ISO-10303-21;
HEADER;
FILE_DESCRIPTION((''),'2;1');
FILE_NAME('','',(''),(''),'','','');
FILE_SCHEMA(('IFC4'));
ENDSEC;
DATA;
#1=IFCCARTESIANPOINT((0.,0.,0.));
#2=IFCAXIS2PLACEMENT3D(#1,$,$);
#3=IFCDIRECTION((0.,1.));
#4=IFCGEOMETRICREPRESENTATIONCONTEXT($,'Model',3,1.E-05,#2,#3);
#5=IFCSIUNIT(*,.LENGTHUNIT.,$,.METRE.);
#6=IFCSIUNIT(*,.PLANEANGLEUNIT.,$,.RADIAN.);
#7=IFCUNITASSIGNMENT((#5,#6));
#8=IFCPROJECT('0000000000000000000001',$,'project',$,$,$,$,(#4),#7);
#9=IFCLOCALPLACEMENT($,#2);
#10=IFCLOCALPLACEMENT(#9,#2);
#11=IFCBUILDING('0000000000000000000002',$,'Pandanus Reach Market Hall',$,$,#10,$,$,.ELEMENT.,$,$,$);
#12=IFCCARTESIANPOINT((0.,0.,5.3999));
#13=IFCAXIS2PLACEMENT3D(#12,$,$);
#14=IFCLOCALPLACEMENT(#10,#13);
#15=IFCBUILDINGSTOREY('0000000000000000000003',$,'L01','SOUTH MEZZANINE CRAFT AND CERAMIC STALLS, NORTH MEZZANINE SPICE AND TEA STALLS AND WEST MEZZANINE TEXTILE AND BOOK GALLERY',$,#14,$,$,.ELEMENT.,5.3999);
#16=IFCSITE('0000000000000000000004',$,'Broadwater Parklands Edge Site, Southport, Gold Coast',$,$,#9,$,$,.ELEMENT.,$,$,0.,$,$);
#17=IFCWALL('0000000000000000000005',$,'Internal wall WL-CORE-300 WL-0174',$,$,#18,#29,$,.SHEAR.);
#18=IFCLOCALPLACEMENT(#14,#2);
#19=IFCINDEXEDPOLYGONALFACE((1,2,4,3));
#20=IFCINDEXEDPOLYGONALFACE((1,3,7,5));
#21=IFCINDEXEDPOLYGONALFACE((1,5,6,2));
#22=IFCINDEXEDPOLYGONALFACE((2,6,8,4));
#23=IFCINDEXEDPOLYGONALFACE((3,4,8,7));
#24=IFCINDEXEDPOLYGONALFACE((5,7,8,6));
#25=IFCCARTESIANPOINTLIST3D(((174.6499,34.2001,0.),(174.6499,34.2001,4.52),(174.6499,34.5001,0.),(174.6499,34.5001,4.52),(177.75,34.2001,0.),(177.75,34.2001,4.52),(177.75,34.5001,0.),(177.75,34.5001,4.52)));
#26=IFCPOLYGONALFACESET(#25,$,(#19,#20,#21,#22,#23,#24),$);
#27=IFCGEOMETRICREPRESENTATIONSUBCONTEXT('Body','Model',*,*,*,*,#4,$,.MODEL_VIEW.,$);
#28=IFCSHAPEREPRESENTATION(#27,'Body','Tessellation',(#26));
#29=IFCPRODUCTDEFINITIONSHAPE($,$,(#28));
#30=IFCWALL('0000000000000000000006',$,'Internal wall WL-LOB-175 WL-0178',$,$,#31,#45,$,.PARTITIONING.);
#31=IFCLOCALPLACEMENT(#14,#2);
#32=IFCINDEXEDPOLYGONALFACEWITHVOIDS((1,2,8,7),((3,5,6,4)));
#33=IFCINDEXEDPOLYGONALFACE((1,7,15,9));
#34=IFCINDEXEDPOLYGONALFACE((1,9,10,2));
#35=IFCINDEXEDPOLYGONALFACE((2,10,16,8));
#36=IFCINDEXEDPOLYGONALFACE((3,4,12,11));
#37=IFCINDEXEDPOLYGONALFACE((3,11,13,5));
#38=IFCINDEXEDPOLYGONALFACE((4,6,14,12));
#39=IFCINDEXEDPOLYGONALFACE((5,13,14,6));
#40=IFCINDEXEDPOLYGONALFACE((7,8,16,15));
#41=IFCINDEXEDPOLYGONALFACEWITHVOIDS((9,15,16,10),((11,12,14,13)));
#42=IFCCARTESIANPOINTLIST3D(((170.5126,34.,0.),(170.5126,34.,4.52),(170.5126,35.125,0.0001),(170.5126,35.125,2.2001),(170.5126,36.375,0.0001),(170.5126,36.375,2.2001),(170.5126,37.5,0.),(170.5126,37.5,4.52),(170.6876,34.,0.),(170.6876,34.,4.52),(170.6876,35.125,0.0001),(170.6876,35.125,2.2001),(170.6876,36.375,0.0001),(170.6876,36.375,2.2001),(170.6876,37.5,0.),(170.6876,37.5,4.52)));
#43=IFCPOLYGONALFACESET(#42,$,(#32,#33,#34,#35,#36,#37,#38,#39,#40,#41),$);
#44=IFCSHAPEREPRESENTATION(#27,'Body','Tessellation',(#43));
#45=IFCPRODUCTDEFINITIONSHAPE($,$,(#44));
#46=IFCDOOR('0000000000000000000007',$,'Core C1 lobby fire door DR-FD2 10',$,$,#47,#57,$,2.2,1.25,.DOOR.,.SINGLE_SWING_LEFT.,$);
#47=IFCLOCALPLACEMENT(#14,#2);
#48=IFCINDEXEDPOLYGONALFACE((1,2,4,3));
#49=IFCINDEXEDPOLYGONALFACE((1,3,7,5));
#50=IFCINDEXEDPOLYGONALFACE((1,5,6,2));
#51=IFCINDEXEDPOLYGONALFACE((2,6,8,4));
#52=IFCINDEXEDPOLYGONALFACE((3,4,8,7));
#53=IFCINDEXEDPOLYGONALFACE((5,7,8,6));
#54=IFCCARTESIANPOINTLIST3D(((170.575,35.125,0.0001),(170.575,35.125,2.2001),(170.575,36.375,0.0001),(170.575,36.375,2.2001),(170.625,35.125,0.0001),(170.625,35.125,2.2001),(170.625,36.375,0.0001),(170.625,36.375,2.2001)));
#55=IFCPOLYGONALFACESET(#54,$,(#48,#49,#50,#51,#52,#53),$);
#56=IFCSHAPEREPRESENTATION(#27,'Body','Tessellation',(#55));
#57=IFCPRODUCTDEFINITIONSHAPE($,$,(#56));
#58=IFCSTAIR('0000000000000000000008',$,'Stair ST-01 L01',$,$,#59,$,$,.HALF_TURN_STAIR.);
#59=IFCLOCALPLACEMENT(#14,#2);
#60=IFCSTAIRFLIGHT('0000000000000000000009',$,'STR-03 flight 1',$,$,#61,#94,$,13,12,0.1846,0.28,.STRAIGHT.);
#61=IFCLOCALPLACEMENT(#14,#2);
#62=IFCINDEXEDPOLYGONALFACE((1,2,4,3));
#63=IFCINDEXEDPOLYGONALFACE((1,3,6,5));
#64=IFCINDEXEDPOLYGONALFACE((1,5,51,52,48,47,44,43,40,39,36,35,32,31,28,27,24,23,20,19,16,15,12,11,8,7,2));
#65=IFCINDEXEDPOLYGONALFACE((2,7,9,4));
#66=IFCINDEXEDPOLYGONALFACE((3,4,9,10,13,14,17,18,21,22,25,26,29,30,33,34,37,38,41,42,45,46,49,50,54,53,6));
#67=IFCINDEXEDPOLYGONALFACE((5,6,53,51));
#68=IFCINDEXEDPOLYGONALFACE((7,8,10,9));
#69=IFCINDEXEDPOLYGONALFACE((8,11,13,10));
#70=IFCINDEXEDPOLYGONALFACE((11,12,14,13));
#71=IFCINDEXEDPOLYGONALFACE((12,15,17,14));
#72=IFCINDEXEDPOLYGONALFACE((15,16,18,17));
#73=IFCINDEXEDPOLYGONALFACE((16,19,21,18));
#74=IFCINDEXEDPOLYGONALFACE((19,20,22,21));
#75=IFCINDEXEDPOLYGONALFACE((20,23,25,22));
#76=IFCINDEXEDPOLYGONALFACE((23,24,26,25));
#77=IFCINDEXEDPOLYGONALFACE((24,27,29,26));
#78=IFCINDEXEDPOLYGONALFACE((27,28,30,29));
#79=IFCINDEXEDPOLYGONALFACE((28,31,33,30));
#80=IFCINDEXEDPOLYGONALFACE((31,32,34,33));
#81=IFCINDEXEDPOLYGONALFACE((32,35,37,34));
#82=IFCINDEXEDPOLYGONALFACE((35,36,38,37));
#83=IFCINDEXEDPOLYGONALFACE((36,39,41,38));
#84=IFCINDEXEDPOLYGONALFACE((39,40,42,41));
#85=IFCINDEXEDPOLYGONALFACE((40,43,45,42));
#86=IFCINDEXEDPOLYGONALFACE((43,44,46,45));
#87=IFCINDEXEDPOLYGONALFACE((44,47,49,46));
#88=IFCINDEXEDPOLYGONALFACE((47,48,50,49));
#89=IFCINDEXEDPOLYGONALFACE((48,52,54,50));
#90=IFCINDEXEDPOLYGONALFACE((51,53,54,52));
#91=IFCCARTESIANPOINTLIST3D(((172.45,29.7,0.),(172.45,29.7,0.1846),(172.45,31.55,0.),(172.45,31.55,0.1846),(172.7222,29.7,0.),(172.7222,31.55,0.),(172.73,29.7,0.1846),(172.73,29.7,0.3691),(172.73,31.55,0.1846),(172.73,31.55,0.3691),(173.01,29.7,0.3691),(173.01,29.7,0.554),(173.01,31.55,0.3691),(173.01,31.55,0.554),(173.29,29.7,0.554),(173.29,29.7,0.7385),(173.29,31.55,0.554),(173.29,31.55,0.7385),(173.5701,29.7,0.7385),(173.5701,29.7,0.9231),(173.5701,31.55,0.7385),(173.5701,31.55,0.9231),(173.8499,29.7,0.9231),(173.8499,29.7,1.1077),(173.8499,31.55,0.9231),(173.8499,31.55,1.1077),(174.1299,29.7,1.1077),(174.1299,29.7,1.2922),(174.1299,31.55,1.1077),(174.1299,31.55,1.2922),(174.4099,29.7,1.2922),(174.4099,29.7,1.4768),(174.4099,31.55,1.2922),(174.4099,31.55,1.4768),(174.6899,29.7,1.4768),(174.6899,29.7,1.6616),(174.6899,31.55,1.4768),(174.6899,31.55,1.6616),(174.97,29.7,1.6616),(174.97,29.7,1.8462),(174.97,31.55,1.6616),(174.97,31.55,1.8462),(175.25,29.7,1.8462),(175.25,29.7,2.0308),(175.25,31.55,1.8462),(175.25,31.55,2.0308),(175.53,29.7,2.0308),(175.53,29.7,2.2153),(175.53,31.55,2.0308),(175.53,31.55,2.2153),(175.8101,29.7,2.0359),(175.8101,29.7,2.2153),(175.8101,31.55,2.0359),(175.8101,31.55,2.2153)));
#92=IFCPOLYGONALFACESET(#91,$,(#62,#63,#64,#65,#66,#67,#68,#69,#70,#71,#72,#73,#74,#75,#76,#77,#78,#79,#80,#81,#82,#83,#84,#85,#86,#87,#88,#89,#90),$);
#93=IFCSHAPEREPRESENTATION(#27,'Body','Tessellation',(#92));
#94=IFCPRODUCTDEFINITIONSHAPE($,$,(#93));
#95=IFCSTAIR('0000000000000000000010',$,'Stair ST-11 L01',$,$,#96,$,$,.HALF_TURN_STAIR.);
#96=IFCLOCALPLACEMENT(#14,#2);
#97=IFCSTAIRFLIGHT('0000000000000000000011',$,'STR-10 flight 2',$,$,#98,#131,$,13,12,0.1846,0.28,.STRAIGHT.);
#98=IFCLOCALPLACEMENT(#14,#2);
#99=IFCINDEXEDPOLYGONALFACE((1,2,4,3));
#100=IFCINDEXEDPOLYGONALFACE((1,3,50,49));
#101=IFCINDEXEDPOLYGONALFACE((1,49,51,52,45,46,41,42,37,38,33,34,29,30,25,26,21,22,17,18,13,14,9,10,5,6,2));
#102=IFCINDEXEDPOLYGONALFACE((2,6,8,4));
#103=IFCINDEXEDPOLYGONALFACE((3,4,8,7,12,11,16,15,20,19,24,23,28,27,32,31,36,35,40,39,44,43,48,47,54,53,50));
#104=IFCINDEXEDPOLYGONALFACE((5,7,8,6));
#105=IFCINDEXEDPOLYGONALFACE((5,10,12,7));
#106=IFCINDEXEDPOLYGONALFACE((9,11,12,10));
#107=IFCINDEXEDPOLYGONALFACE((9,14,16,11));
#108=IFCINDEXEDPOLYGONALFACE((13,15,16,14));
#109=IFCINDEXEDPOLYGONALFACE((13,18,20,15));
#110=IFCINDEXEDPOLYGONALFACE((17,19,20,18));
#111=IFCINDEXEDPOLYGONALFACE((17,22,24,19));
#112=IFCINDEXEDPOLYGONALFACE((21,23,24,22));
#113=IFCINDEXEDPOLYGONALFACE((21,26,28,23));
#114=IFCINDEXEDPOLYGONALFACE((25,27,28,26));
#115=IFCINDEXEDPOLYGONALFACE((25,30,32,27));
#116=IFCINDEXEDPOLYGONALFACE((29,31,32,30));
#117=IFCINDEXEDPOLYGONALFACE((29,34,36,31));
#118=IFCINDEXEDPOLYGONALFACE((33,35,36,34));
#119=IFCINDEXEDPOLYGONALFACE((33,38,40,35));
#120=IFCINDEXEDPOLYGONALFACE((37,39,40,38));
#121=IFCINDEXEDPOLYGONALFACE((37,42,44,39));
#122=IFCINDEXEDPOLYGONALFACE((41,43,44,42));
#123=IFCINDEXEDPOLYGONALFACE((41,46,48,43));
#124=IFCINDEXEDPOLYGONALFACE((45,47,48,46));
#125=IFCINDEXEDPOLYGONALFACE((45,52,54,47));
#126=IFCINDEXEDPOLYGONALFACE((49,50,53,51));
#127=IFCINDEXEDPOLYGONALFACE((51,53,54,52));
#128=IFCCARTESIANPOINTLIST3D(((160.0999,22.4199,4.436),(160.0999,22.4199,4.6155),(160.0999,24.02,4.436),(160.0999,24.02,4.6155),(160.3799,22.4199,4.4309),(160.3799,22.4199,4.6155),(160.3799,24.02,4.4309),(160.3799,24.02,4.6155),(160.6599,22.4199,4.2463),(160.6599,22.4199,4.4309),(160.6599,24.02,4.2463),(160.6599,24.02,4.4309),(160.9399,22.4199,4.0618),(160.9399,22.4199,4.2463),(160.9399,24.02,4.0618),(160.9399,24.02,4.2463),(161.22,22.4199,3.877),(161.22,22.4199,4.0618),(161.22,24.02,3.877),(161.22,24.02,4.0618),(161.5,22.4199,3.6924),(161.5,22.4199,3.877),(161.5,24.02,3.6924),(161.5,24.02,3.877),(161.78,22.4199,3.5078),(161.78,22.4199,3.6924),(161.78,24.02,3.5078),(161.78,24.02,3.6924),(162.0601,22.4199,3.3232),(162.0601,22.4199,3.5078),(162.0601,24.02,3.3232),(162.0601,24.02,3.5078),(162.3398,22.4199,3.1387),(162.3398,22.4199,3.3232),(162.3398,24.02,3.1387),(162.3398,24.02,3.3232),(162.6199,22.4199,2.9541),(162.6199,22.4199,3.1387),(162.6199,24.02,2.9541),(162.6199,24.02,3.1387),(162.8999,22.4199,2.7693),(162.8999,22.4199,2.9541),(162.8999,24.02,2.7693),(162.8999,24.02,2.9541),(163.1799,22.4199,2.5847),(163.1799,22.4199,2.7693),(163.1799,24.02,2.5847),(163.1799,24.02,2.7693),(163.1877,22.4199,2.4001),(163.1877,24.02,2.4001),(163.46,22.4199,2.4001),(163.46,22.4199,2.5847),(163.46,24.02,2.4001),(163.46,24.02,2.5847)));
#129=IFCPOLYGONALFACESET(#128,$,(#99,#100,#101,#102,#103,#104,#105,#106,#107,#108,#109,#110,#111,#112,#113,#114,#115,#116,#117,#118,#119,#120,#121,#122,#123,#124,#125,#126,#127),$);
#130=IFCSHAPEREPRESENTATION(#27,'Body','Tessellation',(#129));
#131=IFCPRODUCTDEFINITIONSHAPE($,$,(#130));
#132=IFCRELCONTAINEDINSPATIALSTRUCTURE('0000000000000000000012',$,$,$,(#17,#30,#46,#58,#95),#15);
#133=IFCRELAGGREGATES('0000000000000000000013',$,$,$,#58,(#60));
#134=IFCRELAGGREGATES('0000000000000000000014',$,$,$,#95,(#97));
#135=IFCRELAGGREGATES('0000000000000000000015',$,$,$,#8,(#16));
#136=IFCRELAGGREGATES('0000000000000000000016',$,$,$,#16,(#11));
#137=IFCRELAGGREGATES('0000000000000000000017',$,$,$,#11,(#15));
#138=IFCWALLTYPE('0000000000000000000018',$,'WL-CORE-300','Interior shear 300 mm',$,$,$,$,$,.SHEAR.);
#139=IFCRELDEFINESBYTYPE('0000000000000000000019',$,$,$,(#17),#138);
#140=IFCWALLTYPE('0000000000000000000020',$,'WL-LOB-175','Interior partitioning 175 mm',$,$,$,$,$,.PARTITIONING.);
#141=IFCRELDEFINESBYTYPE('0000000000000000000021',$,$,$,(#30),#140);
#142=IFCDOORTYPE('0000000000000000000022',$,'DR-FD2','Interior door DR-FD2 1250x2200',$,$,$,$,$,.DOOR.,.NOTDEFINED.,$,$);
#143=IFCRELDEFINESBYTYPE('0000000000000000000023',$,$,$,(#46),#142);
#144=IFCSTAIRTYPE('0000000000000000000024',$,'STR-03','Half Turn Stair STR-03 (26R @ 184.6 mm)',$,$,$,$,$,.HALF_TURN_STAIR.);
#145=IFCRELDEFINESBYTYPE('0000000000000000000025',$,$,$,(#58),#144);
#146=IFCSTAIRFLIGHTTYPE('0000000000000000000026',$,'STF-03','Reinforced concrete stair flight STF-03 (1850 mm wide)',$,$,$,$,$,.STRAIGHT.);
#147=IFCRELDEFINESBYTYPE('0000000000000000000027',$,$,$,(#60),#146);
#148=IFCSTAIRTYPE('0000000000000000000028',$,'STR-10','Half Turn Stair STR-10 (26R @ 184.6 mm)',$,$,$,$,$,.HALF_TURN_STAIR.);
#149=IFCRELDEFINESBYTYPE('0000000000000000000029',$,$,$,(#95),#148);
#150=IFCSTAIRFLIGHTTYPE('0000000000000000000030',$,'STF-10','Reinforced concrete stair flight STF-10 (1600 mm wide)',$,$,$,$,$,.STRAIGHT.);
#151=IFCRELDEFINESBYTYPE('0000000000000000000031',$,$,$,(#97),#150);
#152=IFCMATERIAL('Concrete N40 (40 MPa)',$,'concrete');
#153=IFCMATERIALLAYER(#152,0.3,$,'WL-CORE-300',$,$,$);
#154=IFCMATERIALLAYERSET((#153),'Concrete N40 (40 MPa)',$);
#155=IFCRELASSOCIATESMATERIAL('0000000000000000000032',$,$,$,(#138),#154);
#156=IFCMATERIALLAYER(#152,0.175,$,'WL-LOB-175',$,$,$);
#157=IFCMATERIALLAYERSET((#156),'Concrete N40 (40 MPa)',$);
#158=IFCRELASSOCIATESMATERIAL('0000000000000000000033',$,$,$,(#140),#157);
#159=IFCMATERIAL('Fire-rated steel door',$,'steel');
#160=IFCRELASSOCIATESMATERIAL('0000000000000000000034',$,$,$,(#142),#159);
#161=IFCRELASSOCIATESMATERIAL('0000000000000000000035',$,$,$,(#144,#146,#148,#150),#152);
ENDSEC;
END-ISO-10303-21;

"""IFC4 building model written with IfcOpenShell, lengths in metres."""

from ifc_helpers import new_model, si_unit, direction, frame, frame_2d, origin, place, context, subcontext, project, spatial, polyline, rectangle, outline, extrude, material, layer, layer_set, type_object, element, fill, aggregate, save


model = new_model("IFC4")

# Units and contexts
model_context = context("Model", 3, precision=1e-05, world=origin(), true_north=direction((0.0, 1.0)))
body_context = subcontext(model_context, "Body", "Model", "MODEL_VIEW")
ifc_project = project(units=[si_unit("LENGTHUNIT", "METRE"), si_unit("PLANEANGLEUNIT", "RADIAN")], contexts=[model_context])

# Site, building, storey
site_placement = place(None, origin())
site = spatial("IfcSite", under=ifc_project, at=site_placement, Name="Broadwater Parklands Edge Site, Southport, Gold Coast", CompositionType="ELEMENT", RefElevation=0.0)
building_placement = place(site_placement, origin())
building = spatial("IfcBuilding", under=site, at=building_placement, Name="Pandanus Reach Market Hall", CompositionType="ELEMENT")
storey_placement = place(building_placement, frame((0.0, 0.0, 5.3999)))
storey = spatial("IfcBuildingStorey", under=building, at=storey_placement, Name="L01", Description="SOUTH MEZZANINE CRAFT AND CERAMIC STALLS, NORTH MEZZANINE SPICE AND TEA STALLS AND WEST MEZZANINE TEXTILE AND BOOK GALLERY", CompositionType="ELEMENT", Elevation=5.3999)

# Shared definitions
ifc_material_1 = material(Name="Concrete N40 (40 MPa)", Category="concrete")

# Shared definitions
ifc_layer_1 = layer(ifc_material_1, 0.3, Name="WL-CORE-300")
ifc_layer_set_1 = layer_set([ifc_layer_1], Name="Concrete N40 (40 MPa)")
wall_type_1 = type_object("IfcWallType", Name="WL-CORE-300", Description="Interior shear 300 mm", PredefinedType="SHEAR", material=ifc_layer_set_1)

# Shared definitions
ifc_material_2 = material(Name="Fire-rated steel door", Category="steel")

# Wall
wall_1_placement = place(storey_placement, frame((174.6499, 34.3501, 0.0), z_axis=(0.0, 0.0, 1.0), x_axis=(1.0, 0.0, 0.0)))
element("IfcWall", 1, at=wall_1_placement, inside=storey, type_object=wall_type_1, Name="Internal wall WL-CORE-300 WL-0174", PredefinedType="SHEAR", context=body_context, shape_type="SweptSolid", body=[
    extrude(rectangle(XDim=3.1001, YDim=0.3, at=frame_2d((1.55, 0.0))), origin(), (0.0, 0.0, 1.0), 4.52),
])

# Wall, opening, door
ifc_layer_2 = layer(ifc_material_1, 0.175, Name="WL-LOB-175")
ifc_layer_set_2 = layer_set([ifc_layer_2], Name="Concrete N40 (40 MPa)")
wall_type_2 = type_object("IfcWallType", Name="WL-LOB-175", Description="Interior partitioning 175 mm", PredefinedType="PARTITIONING", material=ifc_layer_set_2)
wall_2_placement = place(storey_placement, frame((170.6001, 34.0, 0.0), z_axis=(0.0, 0.0, 1.0), x_axis=(0.0, 1.0, 0.0)))
wall_2 = element("IfcWall", 2, at=wall_2_placement, inside=storey, type_object=wall_type_2, Name="Internal wall WL-LOB-175 WL-0178", PredefinedType="PARTITIONING", context=body_context, shape_type="SweptSolid", body=[
    extrude(rectangle(XDim=3.5, YDim=0.175, at=frame_2d((1.75, 0.0))), origin(), (0.0, 0.0, 1.0), 4.52),
])
opening_1_placement = place(wall_2_placement, frame((1.125, 0.0, 0.0)))
opening_1 = element("IfcOpeningElement", 3, at=opening_1_placement, cuts=wall_2, PredefinedType="OPENING", context=body_context, shape_type="SweptSolid", body=[
    extrude(rectangle(XDim=1.25, YDim=2.2, at=frame_2d((0.625, 1.1001))), frame((0.0, 0.1025, 0.0), z_axis=(0.0, -1.0, 0.0), x_axis=(1.0, 0.0, 0.0)), (0.0, 0.0, 1.0), 0.2051),
])
door_type_1 = type_object("IfcDoorType", Name="DR-FD2", Description="Interior door DR-FD2 1250x2200", OperationType="NOTDEFINED", PredefinedType="DOOR", material=ifc_material_2)
door_1_placement = place(opening_1_placement, frame((1.25, 0.0, 0.0), z_axis=(0.0, 0.0, 1.0), x_axis=(-1.0, 0.0, 0.0)))
door_1 = element("IfcDoor", 4, at=door_1_placement, inside=storey, type_object=door_type_1, Name="Core C1 lobby fire door DR-FD2 10", OperationType="SINGLE_SWING_LEFT", OverallHeight=2.2, OverallWidth=1.25, PredefinedType="DOOR", context=body_context, shape_type="SweptSolid", body=[
    extrude(rectangle(XDim=1.25, YDim=2.2, at=frame_2d((0.625, 1.1001))), frame((0.0, 0.0249, 0.0), z_axis=(0.0, -1.0, 0.0), x_axis=(1.0, 0.0, 0.0)), (0.0, 0.0, 1.0), 0.05),
])
fill(opening_1, door_1)

# Stairs, stair flights
stair_type_1 = type_object("IfcStairType", Name="STR-03", Description="Half Turn Stair STR-03 (26R @ 184.6 mm)", PredefinedType="HALF_TURN_STAIR", material=ifc_material_1)
stair_1_placement = place(storey_placement, origin())
stair_1 = element("IfcStair", 5, at=stair_1_placement, inside=storey, type_object=stair_type_1, Name="Stair ST-01 L01", PredefinedType="HALF_TURN_STAIR")
stair_flight_type_1 = type_object("IfcStairFlightType", Name="STF-03", Description="Reinforced concrete stair flight STF-03 (1850 mm wide)", PredefinedType="STRAIGHT", material=ifc_material_1)
stair_flight_1_placement = place(storey_placement, frame((172.45, 30.625, 0.0), z_axis=(0.0, 0.0, 1.0), x_axis=(1.0, 0.0, 0.0)))
stair_flight_1 = element("IfcStairFlight", 6, at=stair_flight_1_placement, type_object=stair_flight_type_1, Name="STR-03 flight 1", NumberOfRisers=13, NumberOfTreads=12, PredefinedType="STRAIGHT", RiserHeight=0.1846, TreadLength=0.28, context=body_context, shape_type="SweptSolid", body=[
    extrude(outline(polyline([(0.0, 0.0), (0.0, 0.1846), (0.28, 0.1846), (0.28, 0.3691), (0.5601, 0.3691), (0.5601, 0.554), (0.8401, 0.554), (0.8401, 0.7385), (1.1201, 0.7385), (1.1201, 0.9231), (1.3999, 0.9231), (1.3999, 1.1077), (1.6799, 1.1077), (1.6799, 1.2922), (1.96, 1.2922), (1.96, 1.4768), (2.24, 1.4768), (2.24, 1.6616), (2.52, 1.6616), (2.52, 1.8462), (2.8, 1.8462), (2.8, 2.0308), (3.0801, 2.0308), (3.0801, 2.2153), (3.3601, 2.2153), (3.3601, 2.3999), (3.3601, 2.0359), (0.2722, 0.0), (0.0, 0.0)])), frame((0.0, 0.925, 0.0), z_axis=(0.0, -1.0, 0.0), x_axis=(1.0, 0.0, 0.0)), (0.0, 0.0, 1.0), 1.8501),
])
aggregate(stair_1, [stair_flight_1])
stair_type_2 = type_object("IfcStairType", Name="STR-10", Description="Half Turn Stair STR-10 (26R @ 184.6 mm)", PredefinedType="HALF_TURN_STAIR", material=ifc_material_1)
stair_2_placement = place(storey_placement, origin())
stair_2 = element("IfcStair", 7, at=stair_2_placement, inside=storey, type_object=stair_type_2, Name="Stair ST-11 L01", PredefinedType="HALF_TURN_STAIR")
stair_flight_type_2 = type_object("IfcStairFlightType", Name="STF-10", Description="Reinforced concrete stair flight STF-10 (1600 mm wide)", PredefinedType="STRAIGHT", material=ifc_material_1)
stair_flight_2_placement = place(storey_placement, frame((163.46, 23.22, 2.4001), z_axis=(0.0, 0.0, 1.0), x_axis=(-1.0, 0.0, 0.0)))
stair_flight_2 = element("IfcStairFlight", 8, at=stair_flight_2_placement, type_object=stair_flight_type_2, Name="STR-10 flight 2", NumberOfRisers=13, NumberOfTreads=12, PredefinedType="STRAIGHT", RiserHeight=0.1846, TreadLength=0.28, context=body_context, shape_type="SweptSolid", body=[
    extrude(outline(polyline([(0.0, 0.0), (0.0, 0.1846), (0.28, 0.1846), (0.28, 0.3691), (0.5601, 0.3691), (0.5601, 0.554), (0.8401, 0.554), (0.8401, 0.7385), (1.1201, 0.7385), (1.1201, 0.9231), (1.3999, 0.9231), (1.3999, 1.1077), (1.6799, 1.1077), (1.6799, 1.2922), (1.96, 1.2922), (1.96, 1.4768), (2.24, 1.4768), (2.24, 1.6616), (2.52, 1.6616), (2.52, 1.8462), (2.8, 1.8462), (2.8, 2.0308), (3.0801, 2.0308), (3.0801, 2.2153), (3.3601, 2.2153), (3.3601, 2.3999), (3.3601, 2.0359), (0.2722, 0.0), (0.0, 0.0)])), frame((0.0, 0.8, 0.0), z_axis=(0.0, -1.0, 0.0), x_axis=(1.0, 0.0, 0.0)), (0.0, 0.0, 1.0), 1.6001),
])
aggregate(stair_2, [stair_flight_2])

save(model, "model.ifc")
